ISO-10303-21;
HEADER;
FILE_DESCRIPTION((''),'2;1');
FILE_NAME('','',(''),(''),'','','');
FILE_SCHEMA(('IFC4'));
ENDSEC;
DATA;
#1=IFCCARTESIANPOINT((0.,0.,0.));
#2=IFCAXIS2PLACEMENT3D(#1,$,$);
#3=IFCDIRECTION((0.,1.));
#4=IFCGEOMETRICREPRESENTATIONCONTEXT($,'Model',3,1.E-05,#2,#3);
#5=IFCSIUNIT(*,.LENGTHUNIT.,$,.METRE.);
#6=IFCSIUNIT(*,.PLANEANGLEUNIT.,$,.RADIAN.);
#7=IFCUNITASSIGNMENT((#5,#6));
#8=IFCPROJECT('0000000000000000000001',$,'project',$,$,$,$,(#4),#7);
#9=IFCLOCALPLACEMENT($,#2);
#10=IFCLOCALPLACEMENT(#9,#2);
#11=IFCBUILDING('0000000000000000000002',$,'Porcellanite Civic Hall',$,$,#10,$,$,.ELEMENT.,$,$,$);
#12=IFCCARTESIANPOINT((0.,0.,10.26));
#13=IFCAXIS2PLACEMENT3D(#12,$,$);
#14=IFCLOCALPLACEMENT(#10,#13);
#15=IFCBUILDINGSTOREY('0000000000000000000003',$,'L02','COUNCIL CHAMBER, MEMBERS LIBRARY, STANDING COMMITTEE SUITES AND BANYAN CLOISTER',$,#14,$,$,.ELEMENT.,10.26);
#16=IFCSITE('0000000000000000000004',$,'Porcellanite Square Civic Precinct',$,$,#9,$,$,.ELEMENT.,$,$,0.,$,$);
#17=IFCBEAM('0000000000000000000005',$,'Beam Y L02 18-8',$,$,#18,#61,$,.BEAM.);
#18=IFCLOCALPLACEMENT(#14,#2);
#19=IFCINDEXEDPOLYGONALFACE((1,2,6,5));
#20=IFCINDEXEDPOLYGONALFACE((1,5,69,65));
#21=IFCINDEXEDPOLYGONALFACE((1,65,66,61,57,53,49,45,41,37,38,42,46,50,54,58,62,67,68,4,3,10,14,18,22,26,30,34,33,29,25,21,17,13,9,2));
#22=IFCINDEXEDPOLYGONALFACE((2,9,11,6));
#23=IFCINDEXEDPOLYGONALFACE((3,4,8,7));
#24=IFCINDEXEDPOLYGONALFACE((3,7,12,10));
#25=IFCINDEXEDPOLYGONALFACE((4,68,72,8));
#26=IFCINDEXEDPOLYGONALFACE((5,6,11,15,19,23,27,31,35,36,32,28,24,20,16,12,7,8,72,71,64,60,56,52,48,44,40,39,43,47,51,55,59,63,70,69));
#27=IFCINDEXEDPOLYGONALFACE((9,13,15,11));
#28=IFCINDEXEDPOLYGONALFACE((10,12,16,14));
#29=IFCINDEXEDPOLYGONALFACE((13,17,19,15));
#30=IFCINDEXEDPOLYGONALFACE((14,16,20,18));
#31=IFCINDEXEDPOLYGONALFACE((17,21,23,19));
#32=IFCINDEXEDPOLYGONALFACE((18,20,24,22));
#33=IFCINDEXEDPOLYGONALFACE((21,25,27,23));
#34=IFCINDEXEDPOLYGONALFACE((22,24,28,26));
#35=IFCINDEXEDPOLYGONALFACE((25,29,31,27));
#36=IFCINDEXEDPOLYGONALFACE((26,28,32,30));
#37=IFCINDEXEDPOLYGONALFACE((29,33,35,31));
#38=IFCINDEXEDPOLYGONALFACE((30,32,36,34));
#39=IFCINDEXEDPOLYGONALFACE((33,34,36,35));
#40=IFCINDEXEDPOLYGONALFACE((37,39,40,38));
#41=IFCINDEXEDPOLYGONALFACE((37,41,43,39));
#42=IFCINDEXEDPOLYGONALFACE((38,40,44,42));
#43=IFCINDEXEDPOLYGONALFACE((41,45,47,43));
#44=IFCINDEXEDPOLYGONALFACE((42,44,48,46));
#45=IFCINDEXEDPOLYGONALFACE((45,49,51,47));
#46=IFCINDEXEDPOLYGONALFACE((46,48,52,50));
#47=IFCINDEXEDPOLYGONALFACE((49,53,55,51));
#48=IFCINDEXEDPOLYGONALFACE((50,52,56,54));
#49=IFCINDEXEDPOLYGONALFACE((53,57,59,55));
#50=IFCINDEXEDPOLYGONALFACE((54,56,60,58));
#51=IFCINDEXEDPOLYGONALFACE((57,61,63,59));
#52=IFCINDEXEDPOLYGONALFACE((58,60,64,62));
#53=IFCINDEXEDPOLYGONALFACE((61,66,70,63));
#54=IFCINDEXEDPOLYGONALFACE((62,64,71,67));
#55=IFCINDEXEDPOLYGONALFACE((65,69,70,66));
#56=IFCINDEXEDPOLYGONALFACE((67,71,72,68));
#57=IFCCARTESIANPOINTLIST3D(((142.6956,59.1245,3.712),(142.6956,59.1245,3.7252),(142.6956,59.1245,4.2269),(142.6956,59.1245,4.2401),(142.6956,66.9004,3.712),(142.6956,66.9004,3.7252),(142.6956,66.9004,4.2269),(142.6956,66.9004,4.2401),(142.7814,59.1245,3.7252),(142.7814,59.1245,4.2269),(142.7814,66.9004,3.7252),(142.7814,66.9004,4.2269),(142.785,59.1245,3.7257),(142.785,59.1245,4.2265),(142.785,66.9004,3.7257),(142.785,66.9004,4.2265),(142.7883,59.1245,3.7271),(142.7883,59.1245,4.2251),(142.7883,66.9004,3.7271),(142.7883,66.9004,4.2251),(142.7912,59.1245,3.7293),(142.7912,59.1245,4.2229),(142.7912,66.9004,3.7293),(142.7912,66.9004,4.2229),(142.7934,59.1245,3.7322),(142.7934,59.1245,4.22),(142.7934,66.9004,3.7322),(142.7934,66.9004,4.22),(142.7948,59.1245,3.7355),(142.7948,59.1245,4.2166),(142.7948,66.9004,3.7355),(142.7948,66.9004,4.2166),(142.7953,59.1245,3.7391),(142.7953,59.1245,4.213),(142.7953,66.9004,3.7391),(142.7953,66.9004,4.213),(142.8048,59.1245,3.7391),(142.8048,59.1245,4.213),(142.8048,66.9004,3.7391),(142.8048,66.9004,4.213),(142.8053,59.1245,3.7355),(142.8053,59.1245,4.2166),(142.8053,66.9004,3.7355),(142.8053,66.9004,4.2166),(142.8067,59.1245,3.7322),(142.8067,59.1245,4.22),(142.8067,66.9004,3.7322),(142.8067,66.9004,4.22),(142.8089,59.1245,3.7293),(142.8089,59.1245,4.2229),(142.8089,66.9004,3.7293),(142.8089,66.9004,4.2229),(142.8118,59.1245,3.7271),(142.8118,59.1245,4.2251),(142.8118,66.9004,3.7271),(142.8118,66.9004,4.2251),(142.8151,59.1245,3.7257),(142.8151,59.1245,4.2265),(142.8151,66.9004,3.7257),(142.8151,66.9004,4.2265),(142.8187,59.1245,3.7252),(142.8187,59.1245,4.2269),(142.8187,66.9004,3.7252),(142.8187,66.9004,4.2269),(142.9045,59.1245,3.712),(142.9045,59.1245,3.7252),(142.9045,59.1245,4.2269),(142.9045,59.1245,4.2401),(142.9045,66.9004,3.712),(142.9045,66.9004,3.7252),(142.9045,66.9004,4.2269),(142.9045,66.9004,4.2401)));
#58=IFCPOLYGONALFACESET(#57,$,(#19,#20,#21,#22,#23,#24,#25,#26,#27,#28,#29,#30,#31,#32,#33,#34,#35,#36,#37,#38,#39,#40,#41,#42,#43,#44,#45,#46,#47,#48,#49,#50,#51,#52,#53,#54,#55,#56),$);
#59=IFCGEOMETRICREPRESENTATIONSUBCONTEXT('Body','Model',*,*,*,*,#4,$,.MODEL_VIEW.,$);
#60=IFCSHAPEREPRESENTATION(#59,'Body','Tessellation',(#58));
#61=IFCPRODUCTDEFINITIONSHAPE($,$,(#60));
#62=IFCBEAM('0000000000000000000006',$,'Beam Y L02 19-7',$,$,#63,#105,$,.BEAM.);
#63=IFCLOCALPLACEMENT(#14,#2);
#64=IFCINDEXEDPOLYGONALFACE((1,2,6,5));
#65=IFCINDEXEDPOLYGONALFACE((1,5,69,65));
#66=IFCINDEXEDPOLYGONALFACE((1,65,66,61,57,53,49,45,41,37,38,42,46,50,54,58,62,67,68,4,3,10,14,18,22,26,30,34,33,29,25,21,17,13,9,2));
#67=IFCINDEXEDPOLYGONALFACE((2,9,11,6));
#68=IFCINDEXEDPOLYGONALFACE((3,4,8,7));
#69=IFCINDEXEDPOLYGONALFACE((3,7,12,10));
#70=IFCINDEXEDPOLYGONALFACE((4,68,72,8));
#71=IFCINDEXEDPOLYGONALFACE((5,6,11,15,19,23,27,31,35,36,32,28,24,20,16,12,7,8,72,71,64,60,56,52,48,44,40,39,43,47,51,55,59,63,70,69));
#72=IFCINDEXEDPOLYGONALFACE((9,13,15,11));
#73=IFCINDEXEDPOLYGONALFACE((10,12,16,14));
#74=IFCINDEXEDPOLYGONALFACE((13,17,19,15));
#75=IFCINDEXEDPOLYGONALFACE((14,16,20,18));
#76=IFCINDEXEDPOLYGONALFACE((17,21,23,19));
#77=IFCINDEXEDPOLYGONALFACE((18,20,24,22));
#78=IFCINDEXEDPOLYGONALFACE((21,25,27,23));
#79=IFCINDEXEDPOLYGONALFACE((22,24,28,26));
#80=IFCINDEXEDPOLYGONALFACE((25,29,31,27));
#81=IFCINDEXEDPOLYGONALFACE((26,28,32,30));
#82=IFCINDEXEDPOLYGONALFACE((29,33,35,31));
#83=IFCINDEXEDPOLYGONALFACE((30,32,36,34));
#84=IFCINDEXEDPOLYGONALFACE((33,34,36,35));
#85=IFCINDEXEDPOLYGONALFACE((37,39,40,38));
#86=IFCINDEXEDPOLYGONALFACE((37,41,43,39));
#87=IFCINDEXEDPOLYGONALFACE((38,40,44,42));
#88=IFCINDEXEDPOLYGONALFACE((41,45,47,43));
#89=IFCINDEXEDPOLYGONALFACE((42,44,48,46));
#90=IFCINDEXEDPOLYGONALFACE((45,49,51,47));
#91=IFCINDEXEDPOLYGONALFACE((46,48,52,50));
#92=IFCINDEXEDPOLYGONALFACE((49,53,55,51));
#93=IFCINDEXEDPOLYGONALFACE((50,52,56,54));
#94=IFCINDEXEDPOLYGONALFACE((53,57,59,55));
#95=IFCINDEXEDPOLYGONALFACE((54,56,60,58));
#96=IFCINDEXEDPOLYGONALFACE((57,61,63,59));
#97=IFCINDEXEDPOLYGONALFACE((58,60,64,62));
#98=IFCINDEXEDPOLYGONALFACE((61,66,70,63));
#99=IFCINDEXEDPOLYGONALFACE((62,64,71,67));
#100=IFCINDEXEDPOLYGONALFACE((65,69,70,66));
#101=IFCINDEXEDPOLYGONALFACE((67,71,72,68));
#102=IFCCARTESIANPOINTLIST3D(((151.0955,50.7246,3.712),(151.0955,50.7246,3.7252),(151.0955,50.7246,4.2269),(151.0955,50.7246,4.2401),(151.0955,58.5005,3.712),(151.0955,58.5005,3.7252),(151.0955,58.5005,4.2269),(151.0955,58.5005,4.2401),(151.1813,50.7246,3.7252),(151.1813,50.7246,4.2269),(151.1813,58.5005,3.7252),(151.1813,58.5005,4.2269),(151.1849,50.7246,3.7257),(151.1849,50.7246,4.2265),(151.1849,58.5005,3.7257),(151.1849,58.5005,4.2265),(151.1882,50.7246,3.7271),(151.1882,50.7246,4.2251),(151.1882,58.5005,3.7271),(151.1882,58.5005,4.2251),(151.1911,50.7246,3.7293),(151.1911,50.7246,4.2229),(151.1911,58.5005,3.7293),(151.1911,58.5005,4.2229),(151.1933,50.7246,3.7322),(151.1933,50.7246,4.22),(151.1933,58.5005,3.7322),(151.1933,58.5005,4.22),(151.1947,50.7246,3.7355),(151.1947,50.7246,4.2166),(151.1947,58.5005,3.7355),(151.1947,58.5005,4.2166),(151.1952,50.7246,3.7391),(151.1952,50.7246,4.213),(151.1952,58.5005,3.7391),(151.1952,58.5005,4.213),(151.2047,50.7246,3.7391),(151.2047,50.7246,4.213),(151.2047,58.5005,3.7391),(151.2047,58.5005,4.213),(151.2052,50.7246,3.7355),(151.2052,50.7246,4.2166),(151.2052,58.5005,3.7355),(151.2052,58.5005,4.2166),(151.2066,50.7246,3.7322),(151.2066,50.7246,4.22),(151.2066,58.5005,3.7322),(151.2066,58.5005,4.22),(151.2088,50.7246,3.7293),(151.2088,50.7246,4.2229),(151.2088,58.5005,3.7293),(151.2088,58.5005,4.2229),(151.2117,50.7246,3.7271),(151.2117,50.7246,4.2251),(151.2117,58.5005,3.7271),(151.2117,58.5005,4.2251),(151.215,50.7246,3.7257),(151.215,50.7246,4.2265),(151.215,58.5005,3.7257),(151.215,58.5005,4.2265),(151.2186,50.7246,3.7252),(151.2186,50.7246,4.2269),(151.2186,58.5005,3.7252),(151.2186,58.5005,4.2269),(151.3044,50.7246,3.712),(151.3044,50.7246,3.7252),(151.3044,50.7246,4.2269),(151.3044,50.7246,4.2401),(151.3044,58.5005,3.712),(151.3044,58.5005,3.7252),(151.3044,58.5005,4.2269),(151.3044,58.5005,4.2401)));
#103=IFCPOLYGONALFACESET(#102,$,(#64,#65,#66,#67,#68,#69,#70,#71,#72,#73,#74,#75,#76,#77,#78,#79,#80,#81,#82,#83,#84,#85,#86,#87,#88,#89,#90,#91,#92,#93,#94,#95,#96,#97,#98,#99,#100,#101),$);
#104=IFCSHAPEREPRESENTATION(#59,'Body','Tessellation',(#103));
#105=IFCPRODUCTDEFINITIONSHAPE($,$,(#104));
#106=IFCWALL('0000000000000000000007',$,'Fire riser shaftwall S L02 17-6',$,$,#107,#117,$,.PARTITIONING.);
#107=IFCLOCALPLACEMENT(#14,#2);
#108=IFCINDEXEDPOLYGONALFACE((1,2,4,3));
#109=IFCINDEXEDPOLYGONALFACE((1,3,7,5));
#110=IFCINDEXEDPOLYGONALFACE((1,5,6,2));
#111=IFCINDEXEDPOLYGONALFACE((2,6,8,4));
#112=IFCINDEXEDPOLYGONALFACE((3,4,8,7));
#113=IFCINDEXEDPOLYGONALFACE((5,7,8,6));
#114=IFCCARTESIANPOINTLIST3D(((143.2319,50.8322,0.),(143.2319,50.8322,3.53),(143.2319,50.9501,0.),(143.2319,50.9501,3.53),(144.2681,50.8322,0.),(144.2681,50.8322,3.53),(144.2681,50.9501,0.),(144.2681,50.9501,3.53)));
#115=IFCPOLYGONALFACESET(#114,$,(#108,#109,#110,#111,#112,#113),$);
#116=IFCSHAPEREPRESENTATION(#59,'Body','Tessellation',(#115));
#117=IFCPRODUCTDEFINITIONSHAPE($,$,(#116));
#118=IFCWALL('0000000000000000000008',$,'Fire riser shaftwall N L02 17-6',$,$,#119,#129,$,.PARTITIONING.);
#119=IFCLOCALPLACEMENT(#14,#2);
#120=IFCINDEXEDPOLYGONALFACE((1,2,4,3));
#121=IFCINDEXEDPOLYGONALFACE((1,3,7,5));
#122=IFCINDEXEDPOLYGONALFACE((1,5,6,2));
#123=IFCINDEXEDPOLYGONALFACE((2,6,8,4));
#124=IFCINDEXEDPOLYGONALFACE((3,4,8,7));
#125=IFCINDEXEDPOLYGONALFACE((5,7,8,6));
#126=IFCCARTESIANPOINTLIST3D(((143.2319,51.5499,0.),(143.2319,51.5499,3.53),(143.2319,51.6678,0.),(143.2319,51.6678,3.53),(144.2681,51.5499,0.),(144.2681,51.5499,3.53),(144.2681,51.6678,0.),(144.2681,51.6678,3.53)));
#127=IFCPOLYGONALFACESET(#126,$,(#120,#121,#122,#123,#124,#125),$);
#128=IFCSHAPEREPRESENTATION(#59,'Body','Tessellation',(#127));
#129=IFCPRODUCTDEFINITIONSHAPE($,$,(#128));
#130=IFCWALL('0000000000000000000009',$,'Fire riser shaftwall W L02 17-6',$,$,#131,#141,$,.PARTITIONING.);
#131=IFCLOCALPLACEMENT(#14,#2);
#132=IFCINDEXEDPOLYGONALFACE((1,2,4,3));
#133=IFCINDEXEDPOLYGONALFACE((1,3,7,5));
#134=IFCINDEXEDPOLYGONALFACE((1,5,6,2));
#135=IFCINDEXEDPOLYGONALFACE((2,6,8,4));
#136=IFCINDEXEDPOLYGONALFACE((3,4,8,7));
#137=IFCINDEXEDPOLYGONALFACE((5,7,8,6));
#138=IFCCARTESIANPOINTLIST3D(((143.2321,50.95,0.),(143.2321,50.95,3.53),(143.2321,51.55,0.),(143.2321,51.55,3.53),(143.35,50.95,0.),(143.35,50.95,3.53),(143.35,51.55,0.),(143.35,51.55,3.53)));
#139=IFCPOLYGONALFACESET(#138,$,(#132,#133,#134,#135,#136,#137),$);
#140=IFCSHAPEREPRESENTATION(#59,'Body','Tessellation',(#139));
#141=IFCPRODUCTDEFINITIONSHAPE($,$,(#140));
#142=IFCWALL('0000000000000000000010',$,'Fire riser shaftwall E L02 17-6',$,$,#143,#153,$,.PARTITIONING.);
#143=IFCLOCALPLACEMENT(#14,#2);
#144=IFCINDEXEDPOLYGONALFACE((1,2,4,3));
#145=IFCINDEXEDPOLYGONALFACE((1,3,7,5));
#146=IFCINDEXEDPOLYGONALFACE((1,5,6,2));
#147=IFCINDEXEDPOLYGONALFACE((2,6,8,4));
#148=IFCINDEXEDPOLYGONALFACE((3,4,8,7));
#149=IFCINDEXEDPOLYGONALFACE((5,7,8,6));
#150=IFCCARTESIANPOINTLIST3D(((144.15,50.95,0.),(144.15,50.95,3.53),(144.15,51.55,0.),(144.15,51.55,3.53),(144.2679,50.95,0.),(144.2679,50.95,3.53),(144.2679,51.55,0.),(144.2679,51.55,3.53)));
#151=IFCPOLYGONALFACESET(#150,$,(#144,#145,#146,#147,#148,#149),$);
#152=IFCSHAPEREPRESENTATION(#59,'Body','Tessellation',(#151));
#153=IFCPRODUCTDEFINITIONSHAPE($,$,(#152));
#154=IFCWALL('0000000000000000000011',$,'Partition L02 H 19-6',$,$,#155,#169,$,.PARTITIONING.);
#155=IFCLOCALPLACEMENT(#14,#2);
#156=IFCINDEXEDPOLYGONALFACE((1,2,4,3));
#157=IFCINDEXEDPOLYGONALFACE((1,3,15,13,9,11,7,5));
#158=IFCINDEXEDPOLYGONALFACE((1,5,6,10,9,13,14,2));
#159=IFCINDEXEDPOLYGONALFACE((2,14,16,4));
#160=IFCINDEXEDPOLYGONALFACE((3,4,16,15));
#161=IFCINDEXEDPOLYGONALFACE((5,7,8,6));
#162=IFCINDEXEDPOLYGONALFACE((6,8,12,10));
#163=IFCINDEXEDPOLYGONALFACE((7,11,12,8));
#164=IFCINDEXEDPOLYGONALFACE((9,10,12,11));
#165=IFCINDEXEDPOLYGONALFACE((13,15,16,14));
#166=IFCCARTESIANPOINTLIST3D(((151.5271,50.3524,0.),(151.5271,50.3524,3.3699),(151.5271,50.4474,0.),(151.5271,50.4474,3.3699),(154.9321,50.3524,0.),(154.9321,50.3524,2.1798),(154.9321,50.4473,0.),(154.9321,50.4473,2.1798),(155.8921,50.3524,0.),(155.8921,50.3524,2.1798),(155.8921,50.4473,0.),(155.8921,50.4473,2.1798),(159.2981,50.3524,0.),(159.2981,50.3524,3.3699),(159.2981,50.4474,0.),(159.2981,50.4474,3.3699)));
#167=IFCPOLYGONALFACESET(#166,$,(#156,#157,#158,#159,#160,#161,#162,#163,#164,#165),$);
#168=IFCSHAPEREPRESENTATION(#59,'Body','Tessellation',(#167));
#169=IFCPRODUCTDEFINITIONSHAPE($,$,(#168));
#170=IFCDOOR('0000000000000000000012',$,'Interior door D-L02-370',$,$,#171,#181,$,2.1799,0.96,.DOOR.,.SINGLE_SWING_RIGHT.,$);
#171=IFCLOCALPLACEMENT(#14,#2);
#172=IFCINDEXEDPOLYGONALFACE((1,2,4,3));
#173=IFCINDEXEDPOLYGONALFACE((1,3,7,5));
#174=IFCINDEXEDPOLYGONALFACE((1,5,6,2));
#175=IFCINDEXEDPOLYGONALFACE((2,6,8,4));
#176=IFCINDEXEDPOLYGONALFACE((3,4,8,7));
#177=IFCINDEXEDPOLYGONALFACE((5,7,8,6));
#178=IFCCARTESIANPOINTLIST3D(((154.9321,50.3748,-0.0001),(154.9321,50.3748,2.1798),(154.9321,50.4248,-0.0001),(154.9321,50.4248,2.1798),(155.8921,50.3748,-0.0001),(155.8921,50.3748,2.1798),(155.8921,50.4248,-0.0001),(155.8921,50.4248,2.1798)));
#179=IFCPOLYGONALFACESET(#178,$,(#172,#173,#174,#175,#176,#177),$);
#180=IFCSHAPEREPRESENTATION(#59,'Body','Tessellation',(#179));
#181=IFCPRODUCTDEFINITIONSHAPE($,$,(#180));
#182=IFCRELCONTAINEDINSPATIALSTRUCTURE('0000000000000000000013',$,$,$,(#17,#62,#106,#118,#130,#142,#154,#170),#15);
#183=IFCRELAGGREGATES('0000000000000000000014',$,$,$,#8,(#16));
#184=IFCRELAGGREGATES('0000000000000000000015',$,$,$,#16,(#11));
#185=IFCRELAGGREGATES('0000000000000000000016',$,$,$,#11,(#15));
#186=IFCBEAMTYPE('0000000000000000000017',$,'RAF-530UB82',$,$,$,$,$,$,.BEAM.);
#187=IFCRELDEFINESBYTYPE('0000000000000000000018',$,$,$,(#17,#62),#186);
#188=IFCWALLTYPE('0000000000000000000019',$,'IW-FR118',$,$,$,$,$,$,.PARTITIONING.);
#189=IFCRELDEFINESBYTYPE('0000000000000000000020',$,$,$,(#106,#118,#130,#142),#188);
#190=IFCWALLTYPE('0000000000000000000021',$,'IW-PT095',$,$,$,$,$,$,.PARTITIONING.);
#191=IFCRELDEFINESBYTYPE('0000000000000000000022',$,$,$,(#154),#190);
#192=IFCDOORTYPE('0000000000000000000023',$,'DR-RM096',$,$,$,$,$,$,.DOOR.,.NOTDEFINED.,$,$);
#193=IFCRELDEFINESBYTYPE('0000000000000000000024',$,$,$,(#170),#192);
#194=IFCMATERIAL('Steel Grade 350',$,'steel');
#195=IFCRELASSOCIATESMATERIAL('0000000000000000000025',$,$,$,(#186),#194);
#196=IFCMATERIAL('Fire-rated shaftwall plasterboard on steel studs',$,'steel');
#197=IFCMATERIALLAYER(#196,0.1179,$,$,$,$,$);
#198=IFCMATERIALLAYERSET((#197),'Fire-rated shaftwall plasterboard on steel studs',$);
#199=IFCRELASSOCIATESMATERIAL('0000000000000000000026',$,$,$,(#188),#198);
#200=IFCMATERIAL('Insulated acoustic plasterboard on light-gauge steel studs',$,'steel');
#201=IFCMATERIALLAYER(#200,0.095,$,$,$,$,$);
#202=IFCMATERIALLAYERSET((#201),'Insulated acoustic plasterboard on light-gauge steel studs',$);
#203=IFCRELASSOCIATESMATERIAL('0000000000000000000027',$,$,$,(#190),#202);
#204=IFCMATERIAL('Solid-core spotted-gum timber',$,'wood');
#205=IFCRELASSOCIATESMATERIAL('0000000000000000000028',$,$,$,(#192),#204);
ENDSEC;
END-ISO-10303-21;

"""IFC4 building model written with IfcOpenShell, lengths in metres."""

from ifc_helpers import new_model, si_unit, direction, frame, frame_2d, origin, origin_2d, place, context, subcontext, project, spatial, rectangle, i_section, extrude, material, layer, layer_set, material_profile, profile_set, type_object, element, fill, save


model = new_model("IFC4")

# Units and contexts
model_context = context("Model", 3, precision=1e-05, world=origin(), true_north=direction((0.0, 1.0)))
body_context = subcontext(model_context, "Body", "Model", "MODEL_VIEW")
ifc_project = project(units=[si_unit("LENGTHUNIT", "METRE"), si_unit("PLANEANGLEUNIT", "RADIAN")], contexts=[model_context])

# Site, building, storey
site_placement = place(None, origin())
site = spatial("IfcSite", under=ifc_project, at=site_placement, Name="Porcellanite Square Civic Precinct", CompositionType="ELEMENT", RefElevation=0.0)
building_placement = place(site_placement, origin())
building = spatial("IfcBuilding", under=site, at=building_placement, Name="Porcellanite Civic Hall", CompositionType="ELEMENT")
storey_placement = place(building_placement, frame((0.0, 0.0, 10.26)))
storey = spatial("IfcBuildingStorey", under=building, at=storey_placement, Name="L02", Description="COUNCIL CHAMBER, MEMBERS LIBRARY, STANDING COMMITTEE SUITES AND BANYAN CLOISTER", CompositionType="ELEMENT", Elevation=10.26)

# Beams
ifc_material_1 = material(Name="Steel Grade 350", Category="steel")
ifc_material_profile_1 = material_profile(ifc_material_1, i_section(OverallWidth=0.209, OverallDepth=0.5281, WebThickness=0.0095, FlangeThickness=0.0132, FilletRadius=0.0139, at=origin_2d()), Name="530UB82.0")
ifc_profile_set_1 = profile_set([ifc_material_profile_1], Name="Steel Grade 350")
beam_type_1 = type_object("IfcBeamType", Name="RAF-530UB82", PredefinedType="BEAM", material=ifc_profile_set_1)
for number, where, z_axis, x_axis, name in (
    (1, (142.8, 59.1245, 3.9761), (0.0, 1.0, 0.0), (-1.0, 0.0, 0.0), "Beam Y L02 18-8"),
    (2, (151.2, 50.7246, 3.9761), (0.0, 1.0, 0.0), (-1.0, 0.0, 0.0), "Beam Y L02 19-7"),
):
    element("IfcBeam", number, at=place(storey_placement, frame(where, z_axis=z_axis, x_axis=x_axis)), inside=storey, type_object=beam_type_1, Name=name, PredefinedType="BEAM", context=body_context, shape_type="SweptSolid", body=[
        extrude(i_section(OverallWidth=0.209, OverallDepth=0.5281, WebThickness=0.0095, FlangeThickness=0.0132, FilletRadius=0.0139, at=origin_2d()), origin(), (0.0, 0.0, 1.0), 7.7759),
    ])

# Walls
ifc_material_2 = material(Name="Fire-rated shaftwall plasterboard on steel studs", Category="steel")
ifc_layer_1 = layer(ifc_material_2, 0.1179)
ifc_layer_set_1 = layer_set([ifc_layer_1], Name="Fire-rated shaftwall plasterboard on steel studs")
wall_type_1 = type_object("IfcWallType", Name="IW-FR118", PredefinedType="PARTITIONING", material=ifc_layer_set_1)
for number, where, z_axis, x_axis, name in (
    (3, (143.2319, 50.8911, 0.0), (0.0, 0.0, 1.0), (1.0, 0.0, 0.0), "Fire riser shaftwall S L02 17-6"),
    (4, (143.2319, 51.6089, 0.0), (0.0, 0.0, 1.0), (1.0, 0.0, 0.0), "Fire riser shaftwall N L02 17-6"),
):
    element("IfcWall", number, at=place(storey_placement, frame(where, z_axis=z_axis, x_axis=x_axis)), inside=storey, type_object=wall_type_1, Name=name, PredefinedType="PARTITIONING", context=body_context, shape_type="SweptSolid", body=[
        extrude(rectangle(XDim=1.0361, YDim=0.1179, at=frame_2d((0.5181, 0.0))), origin(), (0.0, 0.0, 1.0), 3.53),
    ])
for number, where, z_axis, x_axis, name in (
    (5, (143.291, 50.95, 0.0), (0.0, 0.0, 1.0), (0.0, 1.0, 0.0), "Fire riser shaftwall W L02 17-6"),
    (6, (144.209, 50.95, 0.0), (0.0, 0.0, 1.0), (0.0, 1.0, 0.0), "Fire riser shaftwall E L02 17-6"),
):
    element("IfcWall", number, at=place(storey_placement, frame(where, z_axis=z_axis, x_axis=x_axis)), inside=storey, type_object=wall_type_1, Name=name, PredefinedType="PARTITIONING", context=body_context, shape_type="SweptSolid", body=[
        extrude(rectangle(XDim=0.6001, YDim=0.1179, at=frame_2d((0.3, 0.0))), origin(), (0.0, 0.0, 1.0), 3.53),
    ])

# Wall, opening, door
ifc_material_3 = material(Name="Insulated acoustic plasterboard on light-gauge steel studs", Category="steel")
ifc_layer_2 = layer(ifc_material_3, 0.095)
ifc_layer_set_2 = layer_set([ifc_layer_2], Name="Insulated acoustic plasterboard on light-gauge steel studs")
wall_type_2 = type_object("IfcWallType", Name="IW-PT095", PredefinedType="PARTITIONING", material=ifc_layer_set_2)
wall_1_placement = place(storey_placement, frame((151.5271, 50.3999, 0.0), z_axis=(0.0, 0.0, 1.0), x_axis=(1.0, 0.0, 0.0)))
wall_1 = element("IfcWall", 7, at=wall_1_placement, inside=storey, type_object=wall_type_2, Name="Partition L02 H 19-6", PredefinedType="PARTITIONING", context=body_context, shape_type="SweptSolid", body=[
    extrude(rectangle(XDim=7.771, YDim=0.095, at=frame_2d((3.8855, 0.0))), origin(), (0.0, 0.0, 1.0), 3.3699),
])
opening_1_placement = place(wall_1_placement, frame((3.405, 0.0, 0.0)))
opening_1 = element("IfcOpeningElement", 8, at=opening_1_placement, cuts=wall_1, PredefinedType="OPENING", context=body_context, shape_type="SweptSolid", body=[
    extrude(rectangle(XDim=0.96, YDim=2.1799, at=frame_2d((0.48, 1.0898))), frame((0.0, 0.0474, 0.0), z_axis=(0.0, -1.0, 0.0), x_axis=(1.0, 0.0, 0.0)), (0.0, 0.0, 1.0), 0.095),
])
ifc_material_4 = material(Name="Solid-core spotted-gum timber", Category="wood")
door_type_1 = type_object("IfcDoorType", Name="DR-RM096", OperationType="NOTDEFINED", PredefinedType="DOOR", material=ifc_material_4)
door_1_placement = place(opening_1_placement, origin())
door_1 = element("IfcDoor", 9, at=door_1_placement, inside=storey, type_object=door_type_1, Name="Interior door D-L02-370", OperationType="SINGLE_SWING_RIGHT", OverallHeight=2.1799, OverallWidth=0.96, PredefinedType="DOOR", context=body_context, shape_type="SweptSolid", body=[
    extrude(rectangle(XDim=0.96, YDim=2.1799, at=frame_2d((0.48, 1.0898))), frame((0.0, 0.0249, 0.0), z_axis=(0.0, -1.0, 0.0), x_axis=(1.0, 0.0, 0.0)), (0.0, 0.0, 1.0), 0.05),
])
fill(opening_1, door_1)

save(model, "model.ifc")
